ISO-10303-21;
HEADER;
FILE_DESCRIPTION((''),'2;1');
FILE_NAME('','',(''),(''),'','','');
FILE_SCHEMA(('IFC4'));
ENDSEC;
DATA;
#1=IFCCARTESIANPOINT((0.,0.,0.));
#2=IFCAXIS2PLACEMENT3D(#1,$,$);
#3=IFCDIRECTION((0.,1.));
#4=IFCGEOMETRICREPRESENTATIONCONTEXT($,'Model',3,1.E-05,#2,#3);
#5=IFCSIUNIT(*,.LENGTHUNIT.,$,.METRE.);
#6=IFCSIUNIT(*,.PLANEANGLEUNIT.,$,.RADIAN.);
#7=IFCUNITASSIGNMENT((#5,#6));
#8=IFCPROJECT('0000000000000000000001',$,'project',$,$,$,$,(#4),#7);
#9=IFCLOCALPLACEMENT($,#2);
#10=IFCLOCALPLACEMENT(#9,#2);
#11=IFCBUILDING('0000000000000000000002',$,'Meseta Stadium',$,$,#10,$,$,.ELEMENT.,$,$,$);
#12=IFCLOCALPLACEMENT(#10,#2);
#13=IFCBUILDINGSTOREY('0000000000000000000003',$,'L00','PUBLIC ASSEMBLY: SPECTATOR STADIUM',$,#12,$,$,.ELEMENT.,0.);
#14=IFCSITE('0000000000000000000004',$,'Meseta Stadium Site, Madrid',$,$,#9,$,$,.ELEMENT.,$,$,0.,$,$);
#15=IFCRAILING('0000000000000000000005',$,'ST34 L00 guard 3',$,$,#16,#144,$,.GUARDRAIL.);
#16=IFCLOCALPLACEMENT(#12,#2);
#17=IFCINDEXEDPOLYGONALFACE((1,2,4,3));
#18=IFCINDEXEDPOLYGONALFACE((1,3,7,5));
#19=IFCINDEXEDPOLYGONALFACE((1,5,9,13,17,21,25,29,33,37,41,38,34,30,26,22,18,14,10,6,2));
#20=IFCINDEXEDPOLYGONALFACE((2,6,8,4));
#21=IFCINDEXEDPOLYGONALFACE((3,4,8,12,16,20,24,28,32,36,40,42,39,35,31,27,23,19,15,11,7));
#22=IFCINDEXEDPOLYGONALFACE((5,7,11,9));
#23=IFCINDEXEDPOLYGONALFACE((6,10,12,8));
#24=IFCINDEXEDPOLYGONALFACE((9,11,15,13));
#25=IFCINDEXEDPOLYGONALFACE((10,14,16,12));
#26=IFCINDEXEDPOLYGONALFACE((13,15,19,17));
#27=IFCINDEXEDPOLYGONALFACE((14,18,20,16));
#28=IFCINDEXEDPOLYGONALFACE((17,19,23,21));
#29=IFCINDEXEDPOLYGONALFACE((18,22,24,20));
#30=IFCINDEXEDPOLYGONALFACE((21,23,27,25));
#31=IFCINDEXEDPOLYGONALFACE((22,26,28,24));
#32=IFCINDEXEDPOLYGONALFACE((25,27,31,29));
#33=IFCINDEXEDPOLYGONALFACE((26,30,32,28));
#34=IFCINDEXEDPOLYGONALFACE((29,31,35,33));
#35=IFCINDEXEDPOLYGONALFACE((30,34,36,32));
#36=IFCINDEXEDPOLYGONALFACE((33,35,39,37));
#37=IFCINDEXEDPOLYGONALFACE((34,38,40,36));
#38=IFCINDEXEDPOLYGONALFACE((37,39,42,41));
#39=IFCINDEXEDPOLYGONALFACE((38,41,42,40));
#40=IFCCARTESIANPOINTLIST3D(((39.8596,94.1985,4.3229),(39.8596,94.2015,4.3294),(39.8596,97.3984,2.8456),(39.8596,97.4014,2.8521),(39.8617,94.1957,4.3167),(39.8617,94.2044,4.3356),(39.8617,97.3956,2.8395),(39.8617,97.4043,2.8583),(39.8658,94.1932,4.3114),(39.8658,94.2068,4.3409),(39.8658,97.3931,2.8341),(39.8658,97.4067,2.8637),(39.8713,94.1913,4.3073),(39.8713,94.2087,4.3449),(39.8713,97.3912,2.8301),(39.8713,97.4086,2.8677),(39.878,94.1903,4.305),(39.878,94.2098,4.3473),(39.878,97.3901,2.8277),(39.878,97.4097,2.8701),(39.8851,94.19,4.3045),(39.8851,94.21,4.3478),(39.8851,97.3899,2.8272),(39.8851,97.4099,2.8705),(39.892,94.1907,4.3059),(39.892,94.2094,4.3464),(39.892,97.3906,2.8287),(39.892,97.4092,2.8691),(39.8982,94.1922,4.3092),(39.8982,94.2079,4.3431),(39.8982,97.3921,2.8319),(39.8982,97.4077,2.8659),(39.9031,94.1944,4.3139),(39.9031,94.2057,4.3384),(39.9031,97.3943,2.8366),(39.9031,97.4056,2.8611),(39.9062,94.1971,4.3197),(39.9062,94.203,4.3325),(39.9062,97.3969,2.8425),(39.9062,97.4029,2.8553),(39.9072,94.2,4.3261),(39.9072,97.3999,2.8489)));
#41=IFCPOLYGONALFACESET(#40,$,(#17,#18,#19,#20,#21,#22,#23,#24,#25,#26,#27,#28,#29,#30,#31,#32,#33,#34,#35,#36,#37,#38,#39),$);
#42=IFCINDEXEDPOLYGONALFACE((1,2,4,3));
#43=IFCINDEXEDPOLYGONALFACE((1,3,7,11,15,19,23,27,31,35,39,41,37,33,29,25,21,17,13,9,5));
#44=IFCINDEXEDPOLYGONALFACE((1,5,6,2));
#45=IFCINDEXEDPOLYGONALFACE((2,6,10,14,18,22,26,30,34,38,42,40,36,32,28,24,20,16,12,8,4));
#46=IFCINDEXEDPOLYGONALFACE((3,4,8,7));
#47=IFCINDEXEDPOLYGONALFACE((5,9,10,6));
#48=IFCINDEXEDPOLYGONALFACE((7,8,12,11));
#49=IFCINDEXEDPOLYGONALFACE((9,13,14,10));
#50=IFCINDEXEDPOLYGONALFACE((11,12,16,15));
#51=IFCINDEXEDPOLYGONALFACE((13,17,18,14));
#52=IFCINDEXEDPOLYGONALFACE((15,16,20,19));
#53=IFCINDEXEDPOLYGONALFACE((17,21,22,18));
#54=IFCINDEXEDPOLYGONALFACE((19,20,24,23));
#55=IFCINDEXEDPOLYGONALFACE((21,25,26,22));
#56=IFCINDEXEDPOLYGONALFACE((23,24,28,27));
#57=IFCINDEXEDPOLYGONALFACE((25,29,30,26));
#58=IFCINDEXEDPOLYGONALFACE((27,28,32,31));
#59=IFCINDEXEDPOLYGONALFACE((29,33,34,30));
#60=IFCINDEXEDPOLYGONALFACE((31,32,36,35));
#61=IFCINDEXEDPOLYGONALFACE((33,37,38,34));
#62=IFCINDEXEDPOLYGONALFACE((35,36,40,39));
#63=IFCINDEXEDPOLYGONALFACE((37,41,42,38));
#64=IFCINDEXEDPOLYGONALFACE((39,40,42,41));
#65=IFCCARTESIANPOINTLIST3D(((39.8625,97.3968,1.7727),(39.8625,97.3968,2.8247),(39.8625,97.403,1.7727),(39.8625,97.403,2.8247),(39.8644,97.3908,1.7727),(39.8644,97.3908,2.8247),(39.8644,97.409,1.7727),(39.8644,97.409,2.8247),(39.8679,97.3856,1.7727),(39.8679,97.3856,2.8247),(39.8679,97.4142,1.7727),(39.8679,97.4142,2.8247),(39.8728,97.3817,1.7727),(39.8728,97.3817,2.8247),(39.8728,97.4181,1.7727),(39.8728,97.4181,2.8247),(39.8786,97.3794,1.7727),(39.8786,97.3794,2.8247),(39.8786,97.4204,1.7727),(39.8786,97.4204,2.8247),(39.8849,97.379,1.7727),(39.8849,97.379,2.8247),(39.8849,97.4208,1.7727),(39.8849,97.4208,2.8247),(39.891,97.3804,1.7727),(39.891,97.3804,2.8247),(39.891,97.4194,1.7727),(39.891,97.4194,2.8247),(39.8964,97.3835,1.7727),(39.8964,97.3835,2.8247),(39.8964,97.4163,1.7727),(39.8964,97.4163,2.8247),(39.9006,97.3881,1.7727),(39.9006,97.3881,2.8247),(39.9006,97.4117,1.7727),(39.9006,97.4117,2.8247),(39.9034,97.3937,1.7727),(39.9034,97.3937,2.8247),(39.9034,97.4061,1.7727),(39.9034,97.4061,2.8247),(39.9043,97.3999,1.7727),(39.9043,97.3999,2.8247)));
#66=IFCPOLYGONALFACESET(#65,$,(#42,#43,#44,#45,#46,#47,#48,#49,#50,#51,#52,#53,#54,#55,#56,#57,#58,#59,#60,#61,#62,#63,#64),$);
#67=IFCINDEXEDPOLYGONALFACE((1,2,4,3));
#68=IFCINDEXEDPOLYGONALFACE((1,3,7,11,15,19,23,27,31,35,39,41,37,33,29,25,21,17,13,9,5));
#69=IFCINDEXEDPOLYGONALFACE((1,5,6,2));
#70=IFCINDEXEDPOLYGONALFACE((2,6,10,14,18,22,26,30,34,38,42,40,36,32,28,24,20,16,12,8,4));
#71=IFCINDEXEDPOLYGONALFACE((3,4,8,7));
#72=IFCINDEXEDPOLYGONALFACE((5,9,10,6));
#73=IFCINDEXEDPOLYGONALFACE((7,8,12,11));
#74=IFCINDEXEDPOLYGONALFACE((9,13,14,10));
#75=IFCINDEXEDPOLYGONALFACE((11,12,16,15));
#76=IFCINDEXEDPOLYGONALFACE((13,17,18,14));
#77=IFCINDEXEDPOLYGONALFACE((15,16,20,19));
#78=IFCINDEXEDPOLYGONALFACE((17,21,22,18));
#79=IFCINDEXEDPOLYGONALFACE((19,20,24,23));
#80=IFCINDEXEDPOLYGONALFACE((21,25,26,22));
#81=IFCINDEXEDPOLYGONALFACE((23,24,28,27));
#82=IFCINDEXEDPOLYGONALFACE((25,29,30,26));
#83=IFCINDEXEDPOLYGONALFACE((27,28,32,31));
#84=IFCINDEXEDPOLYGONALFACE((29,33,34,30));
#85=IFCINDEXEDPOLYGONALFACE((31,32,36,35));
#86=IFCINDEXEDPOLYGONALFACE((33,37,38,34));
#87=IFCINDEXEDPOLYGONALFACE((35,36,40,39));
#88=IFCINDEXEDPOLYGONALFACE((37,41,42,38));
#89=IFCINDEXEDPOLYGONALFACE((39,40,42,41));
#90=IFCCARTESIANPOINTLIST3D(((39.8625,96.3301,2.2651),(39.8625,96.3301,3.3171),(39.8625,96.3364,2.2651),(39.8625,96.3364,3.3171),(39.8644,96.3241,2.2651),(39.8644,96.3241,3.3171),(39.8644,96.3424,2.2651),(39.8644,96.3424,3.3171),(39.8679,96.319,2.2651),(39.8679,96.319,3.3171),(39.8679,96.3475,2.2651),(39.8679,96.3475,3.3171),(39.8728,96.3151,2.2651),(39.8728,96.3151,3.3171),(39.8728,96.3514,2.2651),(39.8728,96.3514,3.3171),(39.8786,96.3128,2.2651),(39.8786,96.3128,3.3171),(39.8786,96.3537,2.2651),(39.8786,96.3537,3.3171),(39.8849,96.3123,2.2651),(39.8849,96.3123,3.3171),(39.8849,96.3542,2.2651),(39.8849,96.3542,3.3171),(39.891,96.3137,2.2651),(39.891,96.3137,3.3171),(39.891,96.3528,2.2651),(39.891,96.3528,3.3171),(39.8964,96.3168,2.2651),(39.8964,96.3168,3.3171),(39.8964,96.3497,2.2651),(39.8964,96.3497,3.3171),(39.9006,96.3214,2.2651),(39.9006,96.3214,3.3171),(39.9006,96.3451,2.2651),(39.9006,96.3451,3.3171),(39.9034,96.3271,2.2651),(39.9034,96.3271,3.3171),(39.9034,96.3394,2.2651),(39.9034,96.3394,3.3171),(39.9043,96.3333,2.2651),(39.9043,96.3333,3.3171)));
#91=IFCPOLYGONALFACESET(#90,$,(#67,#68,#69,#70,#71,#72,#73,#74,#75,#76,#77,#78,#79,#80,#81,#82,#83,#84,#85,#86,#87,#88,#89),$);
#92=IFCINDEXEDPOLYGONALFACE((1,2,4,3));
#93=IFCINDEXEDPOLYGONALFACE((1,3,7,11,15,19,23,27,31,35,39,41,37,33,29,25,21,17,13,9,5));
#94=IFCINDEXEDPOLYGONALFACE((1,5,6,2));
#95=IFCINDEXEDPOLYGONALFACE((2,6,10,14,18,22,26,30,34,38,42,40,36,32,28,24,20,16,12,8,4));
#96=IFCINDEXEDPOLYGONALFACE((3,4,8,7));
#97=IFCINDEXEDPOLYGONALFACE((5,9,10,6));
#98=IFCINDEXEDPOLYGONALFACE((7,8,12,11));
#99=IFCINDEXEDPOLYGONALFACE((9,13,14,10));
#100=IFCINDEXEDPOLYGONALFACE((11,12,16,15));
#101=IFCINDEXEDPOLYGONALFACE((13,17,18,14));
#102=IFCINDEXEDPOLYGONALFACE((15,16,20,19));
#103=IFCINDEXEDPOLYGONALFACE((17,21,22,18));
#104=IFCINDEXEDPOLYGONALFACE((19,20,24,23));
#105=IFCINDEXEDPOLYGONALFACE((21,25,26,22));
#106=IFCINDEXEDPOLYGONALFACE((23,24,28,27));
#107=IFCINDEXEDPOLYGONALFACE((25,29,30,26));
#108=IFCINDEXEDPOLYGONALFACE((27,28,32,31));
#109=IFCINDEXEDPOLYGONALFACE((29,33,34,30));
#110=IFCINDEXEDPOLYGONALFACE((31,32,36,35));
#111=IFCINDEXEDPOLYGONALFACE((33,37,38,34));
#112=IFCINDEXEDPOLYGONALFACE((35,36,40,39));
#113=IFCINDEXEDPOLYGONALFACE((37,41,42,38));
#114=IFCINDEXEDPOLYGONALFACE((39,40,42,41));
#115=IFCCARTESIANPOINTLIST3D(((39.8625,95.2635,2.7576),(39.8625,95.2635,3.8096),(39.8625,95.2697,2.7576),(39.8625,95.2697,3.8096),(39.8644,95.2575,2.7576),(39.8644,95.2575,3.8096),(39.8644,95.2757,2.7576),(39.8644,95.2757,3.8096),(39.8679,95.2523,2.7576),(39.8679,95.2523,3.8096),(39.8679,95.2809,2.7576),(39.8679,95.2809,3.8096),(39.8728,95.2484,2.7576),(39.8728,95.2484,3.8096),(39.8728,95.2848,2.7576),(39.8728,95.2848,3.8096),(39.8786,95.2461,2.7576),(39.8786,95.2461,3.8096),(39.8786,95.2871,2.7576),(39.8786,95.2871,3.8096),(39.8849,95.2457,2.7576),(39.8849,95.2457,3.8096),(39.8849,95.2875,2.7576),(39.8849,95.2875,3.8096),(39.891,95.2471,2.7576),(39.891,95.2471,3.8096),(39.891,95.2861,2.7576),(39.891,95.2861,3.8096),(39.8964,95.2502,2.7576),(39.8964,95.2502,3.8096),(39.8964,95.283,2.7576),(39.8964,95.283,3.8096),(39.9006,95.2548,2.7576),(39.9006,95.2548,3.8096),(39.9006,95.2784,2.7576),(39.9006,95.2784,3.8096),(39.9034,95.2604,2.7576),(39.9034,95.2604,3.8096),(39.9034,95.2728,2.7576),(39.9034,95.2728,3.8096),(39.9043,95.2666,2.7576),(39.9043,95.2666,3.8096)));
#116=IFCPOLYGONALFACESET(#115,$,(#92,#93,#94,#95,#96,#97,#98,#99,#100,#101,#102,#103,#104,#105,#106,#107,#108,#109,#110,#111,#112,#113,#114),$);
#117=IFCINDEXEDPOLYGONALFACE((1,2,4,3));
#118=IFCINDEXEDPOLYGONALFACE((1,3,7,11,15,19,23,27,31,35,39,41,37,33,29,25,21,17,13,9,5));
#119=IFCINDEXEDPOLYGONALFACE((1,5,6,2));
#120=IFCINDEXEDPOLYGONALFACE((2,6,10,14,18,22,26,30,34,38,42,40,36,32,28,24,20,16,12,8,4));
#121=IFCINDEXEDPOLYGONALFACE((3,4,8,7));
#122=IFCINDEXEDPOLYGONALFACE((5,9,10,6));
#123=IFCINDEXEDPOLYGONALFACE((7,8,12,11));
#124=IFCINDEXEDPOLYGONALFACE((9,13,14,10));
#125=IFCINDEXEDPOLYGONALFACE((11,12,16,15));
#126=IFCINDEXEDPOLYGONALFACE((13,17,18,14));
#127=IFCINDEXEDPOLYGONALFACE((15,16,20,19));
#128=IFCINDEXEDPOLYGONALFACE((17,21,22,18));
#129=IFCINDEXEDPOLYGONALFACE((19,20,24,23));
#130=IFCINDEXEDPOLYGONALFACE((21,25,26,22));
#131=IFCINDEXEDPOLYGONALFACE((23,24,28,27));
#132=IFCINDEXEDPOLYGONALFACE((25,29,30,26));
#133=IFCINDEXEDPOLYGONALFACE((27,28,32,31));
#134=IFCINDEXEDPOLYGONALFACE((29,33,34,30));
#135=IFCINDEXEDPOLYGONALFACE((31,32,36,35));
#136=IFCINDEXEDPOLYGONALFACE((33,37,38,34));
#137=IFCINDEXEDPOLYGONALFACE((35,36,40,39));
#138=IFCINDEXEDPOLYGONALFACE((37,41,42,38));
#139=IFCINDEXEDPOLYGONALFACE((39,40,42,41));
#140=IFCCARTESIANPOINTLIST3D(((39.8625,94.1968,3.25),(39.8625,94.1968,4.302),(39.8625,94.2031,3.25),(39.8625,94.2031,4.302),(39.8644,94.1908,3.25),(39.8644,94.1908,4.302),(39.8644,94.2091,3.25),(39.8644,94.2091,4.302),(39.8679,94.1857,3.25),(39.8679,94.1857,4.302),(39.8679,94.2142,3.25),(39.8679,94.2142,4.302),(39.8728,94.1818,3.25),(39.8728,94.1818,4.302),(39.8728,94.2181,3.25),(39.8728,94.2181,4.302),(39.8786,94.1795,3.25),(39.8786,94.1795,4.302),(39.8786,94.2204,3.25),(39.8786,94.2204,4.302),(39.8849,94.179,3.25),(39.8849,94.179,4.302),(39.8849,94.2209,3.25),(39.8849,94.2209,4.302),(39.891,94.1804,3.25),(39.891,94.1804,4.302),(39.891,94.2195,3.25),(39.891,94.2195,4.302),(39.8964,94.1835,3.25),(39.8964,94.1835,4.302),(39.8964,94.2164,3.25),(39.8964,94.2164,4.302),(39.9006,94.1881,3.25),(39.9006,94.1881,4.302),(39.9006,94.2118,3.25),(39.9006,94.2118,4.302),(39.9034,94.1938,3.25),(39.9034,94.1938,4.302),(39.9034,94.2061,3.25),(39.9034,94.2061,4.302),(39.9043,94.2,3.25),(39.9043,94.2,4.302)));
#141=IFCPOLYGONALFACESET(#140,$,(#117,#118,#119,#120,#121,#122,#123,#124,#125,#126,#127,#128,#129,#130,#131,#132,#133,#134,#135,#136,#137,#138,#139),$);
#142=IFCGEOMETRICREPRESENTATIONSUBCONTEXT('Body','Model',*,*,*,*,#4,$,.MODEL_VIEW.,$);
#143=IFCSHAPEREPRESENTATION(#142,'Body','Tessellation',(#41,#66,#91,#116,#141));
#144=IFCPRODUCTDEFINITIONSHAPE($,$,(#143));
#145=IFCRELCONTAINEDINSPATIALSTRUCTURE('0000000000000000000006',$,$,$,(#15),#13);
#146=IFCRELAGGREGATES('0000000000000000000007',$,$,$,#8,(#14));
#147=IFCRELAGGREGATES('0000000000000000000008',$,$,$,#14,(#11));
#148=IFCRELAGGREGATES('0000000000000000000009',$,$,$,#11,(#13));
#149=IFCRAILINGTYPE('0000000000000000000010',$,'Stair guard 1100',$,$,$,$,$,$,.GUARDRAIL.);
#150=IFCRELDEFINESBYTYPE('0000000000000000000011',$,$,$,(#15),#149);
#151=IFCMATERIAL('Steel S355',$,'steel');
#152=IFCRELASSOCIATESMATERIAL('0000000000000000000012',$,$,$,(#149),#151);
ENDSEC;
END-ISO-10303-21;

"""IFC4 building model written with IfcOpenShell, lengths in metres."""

from ifc_helpers import new_model, si_unit, direction, frame, origin, origin_2d, place, context, subcontext, project, spatial, circle, extrude, material, type_object, element, save


model = new_model("IFC4")

# Units and contexts
model_context = context("Model", 3, precision=1e-05, world=origin(), true_north=direction((0.0, 1.0)))
body_context = subcontext(model_context, "Body", "Model", "MODEL_VIEW")
ifc_project = project(units=[si_unit("LENGTHUNIT", "METRE"), si_unit("PLANEANGLEUNIT", "RADIAN")], contexts=[model_context])

# Site, building, storey
site_placement = place(None, origin())
site = spatial("IfcSite", under=ifc_project, at=site_placement, Name="Meseta Stadium Site, Madrid", CompositionType="ELEMENT", RefElevation=0.0)
building_placement = place(site_placement, origin())
building = spatial("IfcBuilding", under=site, at=building_placement, Name="Meseta Stadium", CompositionType="ELEMENT")
storey_placement = place(building_placement, origin())
storey = spatial("IfcBuildingStorey", under=building, at=storey_placement, Name="L00", Description="PUBLIC ASSEMBLY: SPECTATOR STADIUM", CompositionType="ELEMENT", Elevation=0.0)

# Railing
ifc_material_1 = material(Name="Steel S355", Category="steel")
railing_type_1 = type_object("IfcRailingType", Name="Stair guard 1100", PredefinedType="GUARDRAIL", material=ifc_material_1)
railing_1_placement = place(storey_placement, frame((39.8833, 97.3999, 1.7727)))
element("IfcRailing", 1, at=railing_1_placement, inside=storey, type_object=railing_type_1, Name="ST34 L00 guard 3", PredefinedType="GUARDRAIL", context=body_context, shape_type="SweptSolid", body=[
    extrude(circle(Radius=0.0239, at=origin_2d()), frame((0.0, 0.0, 1.0762), z_axis=(0.0, -0.907917, 0.41915), x_axis=(1.0, 0.0, 0.0)), (0.0, 0.0, 1.0), 3.5244),
    extrude(circle(Radius=0.021, at=origin_2d()), origin(), (0.0, 0.0, 1.0), 1.052),
    extrude(circle(Radius=0.021, at=origin_2d()), frame((0.0, -1.0667, 0.4924)), (0.0, 0.0, 1.0), 1.052),
    extrude(circle(Radius=0.021, at=origin_2d()), frame((0.0, -2.1333, 0.9849)), (0.0, 0.0, 1.0), 1.052),
    extrude(circle(Radius=0.021, at=origin_2d()), frame((0.0, -3.2, 1.4773)), (0.0, 0.0, 1.0), 1.052),
])

save(model, "model.ifc")
